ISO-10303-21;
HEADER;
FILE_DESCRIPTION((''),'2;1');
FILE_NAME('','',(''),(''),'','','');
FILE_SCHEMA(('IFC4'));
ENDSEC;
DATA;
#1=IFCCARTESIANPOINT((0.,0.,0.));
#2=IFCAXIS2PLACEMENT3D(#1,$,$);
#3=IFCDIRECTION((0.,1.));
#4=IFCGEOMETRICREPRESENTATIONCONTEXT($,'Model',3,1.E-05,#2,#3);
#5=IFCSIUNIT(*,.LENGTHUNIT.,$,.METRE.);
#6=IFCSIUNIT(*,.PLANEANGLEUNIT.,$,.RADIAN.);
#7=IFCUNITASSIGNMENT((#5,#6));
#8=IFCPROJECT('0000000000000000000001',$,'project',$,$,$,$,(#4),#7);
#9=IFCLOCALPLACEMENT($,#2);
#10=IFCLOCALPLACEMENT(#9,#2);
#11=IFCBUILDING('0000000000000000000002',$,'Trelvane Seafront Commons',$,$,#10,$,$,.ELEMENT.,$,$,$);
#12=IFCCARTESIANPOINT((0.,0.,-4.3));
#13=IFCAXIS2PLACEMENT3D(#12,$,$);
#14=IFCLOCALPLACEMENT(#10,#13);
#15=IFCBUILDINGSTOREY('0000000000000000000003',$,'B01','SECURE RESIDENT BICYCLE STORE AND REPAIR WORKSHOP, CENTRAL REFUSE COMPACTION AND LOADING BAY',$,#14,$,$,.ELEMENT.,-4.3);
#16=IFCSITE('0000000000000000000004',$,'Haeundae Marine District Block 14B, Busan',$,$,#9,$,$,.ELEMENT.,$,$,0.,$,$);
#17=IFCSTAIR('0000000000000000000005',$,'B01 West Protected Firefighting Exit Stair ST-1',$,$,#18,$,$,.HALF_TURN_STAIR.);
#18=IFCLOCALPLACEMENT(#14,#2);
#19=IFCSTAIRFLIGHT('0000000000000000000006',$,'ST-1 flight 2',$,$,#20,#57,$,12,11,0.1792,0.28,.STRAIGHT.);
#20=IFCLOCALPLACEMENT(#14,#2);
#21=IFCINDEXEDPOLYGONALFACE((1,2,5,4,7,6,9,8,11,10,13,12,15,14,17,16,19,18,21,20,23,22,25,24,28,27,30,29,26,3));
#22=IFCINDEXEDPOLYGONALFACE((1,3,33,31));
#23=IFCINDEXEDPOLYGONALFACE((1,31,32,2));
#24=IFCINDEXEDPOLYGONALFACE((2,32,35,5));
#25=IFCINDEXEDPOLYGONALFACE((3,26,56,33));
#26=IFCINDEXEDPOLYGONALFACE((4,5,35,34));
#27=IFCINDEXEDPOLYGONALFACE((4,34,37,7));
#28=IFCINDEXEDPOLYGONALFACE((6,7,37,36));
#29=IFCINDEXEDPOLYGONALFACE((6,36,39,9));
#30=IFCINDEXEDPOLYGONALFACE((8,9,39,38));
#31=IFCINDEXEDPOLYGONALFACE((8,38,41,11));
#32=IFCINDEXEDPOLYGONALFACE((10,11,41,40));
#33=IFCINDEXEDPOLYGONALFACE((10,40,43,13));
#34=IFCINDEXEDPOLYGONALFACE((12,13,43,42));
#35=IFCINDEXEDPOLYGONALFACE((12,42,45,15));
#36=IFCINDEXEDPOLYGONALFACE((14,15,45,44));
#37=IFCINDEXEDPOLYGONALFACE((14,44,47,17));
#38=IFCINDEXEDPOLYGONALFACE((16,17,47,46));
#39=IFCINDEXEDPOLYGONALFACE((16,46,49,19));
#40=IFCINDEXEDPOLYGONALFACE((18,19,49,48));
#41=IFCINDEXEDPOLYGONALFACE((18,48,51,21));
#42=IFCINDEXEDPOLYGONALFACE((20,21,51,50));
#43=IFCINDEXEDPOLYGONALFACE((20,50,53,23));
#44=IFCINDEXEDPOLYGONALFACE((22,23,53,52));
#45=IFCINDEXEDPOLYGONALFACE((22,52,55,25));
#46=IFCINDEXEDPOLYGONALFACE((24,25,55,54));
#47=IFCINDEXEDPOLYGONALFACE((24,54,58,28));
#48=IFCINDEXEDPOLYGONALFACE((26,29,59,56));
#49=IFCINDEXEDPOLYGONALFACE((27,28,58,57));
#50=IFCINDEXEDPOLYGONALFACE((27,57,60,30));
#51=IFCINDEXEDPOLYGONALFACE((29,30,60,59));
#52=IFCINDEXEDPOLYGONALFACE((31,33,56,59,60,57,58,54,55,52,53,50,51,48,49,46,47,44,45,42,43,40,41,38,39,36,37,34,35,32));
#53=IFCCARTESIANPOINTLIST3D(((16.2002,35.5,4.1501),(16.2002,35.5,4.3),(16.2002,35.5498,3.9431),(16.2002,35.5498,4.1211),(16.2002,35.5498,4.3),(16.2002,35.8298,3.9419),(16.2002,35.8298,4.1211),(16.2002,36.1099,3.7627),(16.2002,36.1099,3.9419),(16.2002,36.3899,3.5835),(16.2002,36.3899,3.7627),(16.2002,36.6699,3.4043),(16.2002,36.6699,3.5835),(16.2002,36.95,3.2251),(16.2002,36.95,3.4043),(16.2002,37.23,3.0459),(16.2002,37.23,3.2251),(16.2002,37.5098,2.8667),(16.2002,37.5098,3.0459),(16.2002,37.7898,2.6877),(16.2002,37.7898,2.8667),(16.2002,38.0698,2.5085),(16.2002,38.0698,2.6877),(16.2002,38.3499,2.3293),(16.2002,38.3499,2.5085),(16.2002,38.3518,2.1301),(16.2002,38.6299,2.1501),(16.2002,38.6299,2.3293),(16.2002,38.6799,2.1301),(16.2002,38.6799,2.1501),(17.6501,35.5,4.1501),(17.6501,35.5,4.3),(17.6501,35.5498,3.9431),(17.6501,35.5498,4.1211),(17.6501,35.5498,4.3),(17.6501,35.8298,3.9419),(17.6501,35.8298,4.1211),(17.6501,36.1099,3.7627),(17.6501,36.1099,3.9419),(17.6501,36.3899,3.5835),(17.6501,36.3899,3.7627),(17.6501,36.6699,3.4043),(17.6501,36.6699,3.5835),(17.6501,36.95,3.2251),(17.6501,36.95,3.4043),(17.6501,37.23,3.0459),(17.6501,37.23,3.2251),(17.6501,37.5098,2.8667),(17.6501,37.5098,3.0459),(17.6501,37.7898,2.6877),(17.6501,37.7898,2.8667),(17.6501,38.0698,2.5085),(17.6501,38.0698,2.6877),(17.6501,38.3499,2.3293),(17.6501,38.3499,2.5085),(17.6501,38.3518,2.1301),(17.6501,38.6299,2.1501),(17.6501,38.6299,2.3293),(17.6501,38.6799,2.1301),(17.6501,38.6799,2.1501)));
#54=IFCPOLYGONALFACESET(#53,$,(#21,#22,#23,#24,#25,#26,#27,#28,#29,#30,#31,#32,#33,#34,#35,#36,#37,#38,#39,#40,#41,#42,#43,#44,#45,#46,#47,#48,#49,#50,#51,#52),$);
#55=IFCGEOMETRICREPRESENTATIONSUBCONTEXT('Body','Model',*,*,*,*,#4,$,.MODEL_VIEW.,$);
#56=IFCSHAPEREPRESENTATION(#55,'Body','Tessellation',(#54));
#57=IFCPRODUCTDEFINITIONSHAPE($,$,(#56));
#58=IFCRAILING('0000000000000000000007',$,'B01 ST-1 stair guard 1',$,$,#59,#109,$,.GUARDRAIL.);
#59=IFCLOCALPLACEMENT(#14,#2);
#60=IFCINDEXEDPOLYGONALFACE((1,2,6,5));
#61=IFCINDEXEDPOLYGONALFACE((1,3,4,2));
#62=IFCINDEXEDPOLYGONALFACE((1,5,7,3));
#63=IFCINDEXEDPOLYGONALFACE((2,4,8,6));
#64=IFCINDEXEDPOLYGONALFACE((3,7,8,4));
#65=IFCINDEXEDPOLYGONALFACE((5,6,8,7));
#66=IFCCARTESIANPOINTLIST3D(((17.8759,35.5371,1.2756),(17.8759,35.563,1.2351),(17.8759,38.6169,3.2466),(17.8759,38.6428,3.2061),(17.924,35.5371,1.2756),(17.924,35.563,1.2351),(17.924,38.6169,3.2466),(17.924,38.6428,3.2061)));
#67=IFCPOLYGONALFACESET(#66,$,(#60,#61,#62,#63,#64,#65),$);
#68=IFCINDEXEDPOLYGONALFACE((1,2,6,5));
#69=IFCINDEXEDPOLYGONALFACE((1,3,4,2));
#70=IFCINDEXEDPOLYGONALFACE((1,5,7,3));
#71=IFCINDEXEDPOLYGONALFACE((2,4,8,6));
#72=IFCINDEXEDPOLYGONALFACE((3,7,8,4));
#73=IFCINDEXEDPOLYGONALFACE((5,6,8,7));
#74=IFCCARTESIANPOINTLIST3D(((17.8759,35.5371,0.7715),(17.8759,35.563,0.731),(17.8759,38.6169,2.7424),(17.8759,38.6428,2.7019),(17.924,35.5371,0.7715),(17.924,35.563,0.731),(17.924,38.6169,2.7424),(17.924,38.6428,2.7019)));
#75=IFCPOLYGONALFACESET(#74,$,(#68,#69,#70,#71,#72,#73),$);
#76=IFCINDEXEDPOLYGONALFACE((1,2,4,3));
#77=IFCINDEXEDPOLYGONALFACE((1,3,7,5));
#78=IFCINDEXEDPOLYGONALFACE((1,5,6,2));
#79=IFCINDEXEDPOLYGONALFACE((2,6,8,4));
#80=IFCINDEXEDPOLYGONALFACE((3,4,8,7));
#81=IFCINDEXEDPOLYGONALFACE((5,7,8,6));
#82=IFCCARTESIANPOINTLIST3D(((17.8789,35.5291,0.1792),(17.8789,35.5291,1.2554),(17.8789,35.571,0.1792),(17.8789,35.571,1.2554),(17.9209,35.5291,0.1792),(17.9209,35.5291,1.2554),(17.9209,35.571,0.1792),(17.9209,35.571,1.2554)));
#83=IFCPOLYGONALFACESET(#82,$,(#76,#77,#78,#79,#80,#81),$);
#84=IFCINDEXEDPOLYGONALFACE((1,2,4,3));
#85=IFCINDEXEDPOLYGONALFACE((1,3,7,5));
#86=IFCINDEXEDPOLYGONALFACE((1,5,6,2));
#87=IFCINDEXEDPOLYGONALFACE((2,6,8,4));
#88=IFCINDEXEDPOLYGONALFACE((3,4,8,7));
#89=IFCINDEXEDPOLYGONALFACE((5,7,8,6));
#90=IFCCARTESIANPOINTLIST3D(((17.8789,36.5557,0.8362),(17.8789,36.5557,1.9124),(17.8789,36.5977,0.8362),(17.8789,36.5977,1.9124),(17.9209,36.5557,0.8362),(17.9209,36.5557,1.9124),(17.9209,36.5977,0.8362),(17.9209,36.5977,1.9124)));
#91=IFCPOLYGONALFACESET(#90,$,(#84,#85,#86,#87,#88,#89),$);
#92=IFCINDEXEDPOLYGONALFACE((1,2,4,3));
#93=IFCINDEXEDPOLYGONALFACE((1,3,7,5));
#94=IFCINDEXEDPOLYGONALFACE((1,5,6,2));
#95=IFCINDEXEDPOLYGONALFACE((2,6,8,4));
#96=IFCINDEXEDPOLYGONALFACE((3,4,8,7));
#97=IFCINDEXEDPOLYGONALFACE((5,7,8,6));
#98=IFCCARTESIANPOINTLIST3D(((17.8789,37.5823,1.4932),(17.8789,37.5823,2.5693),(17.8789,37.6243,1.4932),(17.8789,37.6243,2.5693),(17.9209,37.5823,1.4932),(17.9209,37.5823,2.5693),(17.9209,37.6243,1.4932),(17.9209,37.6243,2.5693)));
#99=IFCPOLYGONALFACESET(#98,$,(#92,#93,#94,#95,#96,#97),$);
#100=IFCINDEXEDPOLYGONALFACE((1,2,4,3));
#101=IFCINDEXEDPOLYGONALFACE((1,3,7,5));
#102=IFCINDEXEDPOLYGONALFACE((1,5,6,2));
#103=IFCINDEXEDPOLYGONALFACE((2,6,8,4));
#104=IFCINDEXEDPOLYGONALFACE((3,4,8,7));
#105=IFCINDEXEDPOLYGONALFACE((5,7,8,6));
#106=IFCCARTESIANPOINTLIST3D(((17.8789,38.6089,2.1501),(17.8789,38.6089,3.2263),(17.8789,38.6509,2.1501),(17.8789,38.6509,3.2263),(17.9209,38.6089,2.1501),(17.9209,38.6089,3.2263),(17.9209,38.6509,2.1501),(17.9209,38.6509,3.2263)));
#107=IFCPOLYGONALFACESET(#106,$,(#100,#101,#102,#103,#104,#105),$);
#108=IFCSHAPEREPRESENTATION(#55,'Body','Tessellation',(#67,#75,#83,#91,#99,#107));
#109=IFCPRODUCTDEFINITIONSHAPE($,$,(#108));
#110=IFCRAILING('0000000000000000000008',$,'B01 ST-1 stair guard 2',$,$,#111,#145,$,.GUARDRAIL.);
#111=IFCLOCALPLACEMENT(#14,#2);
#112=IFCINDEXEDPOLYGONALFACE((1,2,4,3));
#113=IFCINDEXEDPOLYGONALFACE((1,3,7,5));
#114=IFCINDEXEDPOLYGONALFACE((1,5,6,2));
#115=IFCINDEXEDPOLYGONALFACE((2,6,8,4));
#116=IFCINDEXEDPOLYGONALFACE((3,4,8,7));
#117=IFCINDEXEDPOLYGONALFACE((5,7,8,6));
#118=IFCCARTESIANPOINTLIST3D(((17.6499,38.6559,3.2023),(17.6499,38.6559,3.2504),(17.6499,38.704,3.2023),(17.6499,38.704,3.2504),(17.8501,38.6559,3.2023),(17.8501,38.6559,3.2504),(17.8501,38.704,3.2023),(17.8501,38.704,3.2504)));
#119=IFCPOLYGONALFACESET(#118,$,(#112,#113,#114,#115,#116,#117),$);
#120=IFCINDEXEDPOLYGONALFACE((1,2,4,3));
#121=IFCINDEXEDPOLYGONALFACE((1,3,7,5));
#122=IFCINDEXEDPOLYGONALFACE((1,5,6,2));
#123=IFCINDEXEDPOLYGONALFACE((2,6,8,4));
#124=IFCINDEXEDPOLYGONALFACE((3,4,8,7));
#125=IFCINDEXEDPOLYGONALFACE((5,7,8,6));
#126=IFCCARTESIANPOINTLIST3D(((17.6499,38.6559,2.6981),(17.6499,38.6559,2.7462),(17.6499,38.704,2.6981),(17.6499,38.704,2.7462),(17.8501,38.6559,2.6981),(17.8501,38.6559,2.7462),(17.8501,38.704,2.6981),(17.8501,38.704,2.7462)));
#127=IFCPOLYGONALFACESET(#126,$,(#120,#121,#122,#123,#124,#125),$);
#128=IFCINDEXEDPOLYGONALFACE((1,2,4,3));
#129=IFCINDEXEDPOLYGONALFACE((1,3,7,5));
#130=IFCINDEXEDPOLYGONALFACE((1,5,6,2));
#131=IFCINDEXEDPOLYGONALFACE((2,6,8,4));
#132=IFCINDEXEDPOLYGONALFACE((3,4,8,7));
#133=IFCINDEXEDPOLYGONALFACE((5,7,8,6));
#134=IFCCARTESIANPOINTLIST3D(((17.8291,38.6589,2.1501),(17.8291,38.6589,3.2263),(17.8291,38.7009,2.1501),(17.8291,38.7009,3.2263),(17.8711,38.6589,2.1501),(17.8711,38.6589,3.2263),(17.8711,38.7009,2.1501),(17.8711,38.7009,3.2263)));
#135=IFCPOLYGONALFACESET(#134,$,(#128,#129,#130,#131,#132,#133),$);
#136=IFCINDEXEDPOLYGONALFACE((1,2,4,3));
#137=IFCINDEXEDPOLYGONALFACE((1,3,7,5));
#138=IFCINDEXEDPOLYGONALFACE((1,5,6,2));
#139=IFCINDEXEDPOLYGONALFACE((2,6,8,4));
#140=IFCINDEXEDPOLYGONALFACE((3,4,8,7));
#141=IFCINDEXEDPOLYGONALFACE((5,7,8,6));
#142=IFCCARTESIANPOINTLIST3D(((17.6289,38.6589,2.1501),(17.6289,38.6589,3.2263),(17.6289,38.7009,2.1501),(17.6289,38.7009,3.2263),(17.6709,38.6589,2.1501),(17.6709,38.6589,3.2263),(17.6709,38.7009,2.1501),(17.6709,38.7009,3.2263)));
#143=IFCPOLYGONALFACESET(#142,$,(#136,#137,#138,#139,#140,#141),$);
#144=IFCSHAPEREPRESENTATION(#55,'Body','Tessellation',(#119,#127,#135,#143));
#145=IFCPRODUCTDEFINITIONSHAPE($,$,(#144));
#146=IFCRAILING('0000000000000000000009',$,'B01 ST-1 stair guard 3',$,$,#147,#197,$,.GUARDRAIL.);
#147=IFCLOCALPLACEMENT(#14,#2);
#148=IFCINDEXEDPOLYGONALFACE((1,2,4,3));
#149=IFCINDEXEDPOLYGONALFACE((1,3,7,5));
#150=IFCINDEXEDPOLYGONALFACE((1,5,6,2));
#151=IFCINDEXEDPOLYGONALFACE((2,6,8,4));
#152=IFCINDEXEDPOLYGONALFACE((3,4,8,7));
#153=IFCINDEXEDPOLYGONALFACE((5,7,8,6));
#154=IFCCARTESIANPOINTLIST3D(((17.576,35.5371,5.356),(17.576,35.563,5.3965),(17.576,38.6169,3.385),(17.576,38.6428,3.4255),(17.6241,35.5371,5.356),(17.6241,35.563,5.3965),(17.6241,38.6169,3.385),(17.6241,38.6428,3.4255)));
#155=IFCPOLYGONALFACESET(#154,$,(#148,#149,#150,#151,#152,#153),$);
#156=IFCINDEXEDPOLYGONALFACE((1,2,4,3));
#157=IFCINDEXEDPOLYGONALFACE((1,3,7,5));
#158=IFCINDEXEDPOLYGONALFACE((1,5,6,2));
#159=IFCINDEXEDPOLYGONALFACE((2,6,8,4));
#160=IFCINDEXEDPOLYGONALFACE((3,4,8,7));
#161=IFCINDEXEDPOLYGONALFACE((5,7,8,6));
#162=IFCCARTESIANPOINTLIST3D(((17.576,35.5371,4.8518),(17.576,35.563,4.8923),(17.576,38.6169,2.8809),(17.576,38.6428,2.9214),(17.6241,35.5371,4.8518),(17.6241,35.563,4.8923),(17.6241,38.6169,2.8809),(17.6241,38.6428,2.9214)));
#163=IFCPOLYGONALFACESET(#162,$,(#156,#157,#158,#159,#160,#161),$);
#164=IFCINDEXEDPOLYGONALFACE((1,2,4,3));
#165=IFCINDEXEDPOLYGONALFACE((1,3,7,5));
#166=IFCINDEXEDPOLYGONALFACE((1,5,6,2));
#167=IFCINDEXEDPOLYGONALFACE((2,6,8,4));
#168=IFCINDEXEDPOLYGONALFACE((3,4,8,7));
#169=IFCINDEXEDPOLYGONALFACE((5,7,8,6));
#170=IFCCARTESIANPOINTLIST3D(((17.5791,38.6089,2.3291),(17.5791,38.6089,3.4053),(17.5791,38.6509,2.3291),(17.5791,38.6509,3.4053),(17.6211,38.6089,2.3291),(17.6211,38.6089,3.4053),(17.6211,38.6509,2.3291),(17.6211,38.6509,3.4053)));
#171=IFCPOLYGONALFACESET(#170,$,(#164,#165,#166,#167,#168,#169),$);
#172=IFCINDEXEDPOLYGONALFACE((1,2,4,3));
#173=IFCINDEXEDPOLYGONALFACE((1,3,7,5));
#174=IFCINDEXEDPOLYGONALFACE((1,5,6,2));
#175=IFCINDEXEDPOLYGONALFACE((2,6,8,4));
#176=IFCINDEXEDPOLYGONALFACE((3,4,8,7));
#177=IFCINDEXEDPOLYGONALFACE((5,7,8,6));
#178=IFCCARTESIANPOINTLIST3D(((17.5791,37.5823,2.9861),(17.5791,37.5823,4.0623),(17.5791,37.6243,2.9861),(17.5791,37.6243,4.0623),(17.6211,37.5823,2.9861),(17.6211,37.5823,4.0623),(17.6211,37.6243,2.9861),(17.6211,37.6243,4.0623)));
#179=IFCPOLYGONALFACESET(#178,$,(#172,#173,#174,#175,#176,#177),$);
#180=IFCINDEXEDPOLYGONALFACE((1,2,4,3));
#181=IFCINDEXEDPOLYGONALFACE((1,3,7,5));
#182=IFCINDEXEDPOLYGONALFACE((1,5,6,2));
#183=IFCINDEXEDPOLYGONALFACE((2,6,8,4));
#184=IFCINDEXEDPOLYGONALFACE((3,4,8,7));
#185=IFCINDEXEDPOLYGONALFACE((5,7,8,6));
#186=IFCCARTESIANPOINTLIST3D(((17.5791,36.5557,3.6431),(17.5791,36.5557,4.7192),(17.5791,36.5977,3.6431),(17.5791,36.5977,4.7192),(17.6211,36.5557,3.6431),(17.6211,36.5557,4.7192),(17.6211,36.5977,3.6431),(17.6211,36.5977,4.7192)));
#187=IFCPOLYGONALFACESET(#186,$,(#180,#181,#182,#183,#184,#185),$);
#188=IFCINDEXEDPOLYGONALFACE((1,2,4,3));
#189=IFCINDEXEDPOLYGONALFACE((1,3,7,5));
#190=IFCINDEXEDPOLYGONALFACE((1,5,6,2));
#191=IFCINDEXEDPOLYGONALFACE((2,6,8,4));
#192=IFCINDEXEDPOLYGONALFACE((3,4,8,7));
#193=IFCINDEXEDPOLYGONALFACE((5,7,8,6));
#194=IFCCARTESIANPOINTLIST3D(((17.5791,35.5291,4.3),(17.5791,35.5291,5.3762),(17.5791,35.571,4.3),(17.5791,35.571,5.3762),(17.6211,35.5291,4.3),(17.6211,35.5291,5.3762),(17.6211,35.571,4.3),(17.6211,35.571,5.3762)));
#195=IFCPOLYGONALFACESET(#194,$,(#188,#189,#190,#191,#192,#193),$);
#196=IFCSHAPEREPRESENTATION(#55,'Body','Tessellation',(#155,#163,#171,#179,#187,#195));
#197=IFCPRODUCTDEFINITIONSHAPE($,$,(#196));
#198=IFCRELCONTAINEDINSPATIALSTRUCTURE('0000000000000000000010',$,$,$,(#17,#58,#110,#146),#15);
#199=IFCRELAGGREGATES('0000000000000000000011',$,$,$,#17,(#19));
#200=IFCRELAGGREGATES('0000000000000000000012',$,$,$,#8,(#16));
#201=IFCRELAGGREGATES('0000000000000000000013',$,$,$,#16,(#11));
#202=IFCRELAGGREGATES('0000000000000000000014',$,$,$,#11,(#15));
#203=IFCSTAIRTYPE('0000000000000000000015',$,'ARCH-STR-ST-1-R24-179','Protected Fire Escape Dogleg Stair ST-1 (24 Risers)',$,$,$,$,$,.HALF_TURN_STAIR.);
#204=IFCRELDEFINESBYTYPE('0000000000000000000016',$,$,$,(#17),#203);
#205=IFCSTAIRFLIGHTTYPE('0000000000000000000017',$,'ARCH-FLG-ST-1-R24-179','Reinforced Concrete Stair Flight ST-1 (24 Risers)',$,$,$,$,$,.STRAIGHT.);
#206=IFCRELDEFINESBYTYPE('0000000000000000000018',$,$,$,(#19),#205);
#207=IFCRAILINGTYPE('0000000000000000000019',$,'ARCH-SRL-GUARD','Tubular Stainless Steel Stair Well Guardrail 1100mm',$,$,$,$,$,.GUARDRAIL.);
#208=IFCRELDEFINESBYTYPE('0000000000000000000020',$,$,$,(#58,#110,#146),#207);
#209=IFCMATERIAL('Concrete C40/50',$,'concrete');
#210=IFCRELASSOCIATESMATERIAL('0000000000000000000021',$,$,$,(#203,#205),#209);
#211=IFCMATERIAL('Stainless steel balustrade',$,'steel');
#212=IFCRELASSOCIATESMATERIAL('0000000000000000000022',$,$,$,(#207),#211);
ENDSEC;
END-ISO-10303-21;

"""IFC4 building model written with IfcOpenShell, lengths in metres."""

from ifc_helpers import new_model, si_unit, direction, frame, origin, origin_2d, place, context, subcontext, project, spatial, polyline, rectangle, outline, extrude, source, transform, mapped, material, type_object, element, aggregate, save


model = new_model("IFC4")

# Units and contexts
model_context = context("Model", 3, precision=1e-05, world=origin(), true_north=direction((0.0, 1.0)))
body_context = subcontext(model_context, "Body", "Model", "MODEL_VIEW")
ifc_project = project(units=[si_unit("LENGTHUNIT", "METRE"), si_unit("PLANEANGLEUNIT", "RADIAN")], contexts=[model_context])

# Site, building, storey
site_placement = place(None, origin())
site = spatial("IfcSite", under=ifc_project, at=site_placement, Name="Haeundae Marine District Block 14B, Busan", CompositionType="ELEMENT", RefElevation=0.0)
building_placement = place(site_placement, origin())
building = spatial("IfcBuilding", under=site, at=building_placement, Name="Trelvane Seafront Commons", CompositionType="ELEMENT")
storey_placement = place(building_placement, frame((0.0, 0.0, -4.3)))
storey = spatial("IfcBuildingStorey", under=building, at=storey_placement, Name="B01", Description="SECURE RESIDENT BICYCLE STORE AND REPAIR WORKSHOP, CENTRAL REFUSE COMPACTION AND LOADING BAY", CompositionType="ELEMENT", Elevation=-4.3)

# Shared definitions
ifc_material_1 = material(Name="Concrete C40/50", Category="concrete")

# Shared definitions
ifc_material_2 = material(Name="Stainless steel balustrade", Category="steel")

# Stair, stair flight
stair_type = type_object("IfcStairType", Name="ARCH-STR-ST-1-R24-179", Description="Protected Fire Escape Dogleg Stair ST-1 (24 Risers)", PredefinedType="HALF_TURN_STAIR", material=ifc_material_1)
stair_placement = place(storey_placement, origin())
stair = element("IfcStair", 1, at=stair_placement, inside=storey, type_object=stair_type, Name="B01 West Protected Firefighting Exit Stair ST-1", PredefinedType="HALF_TURN_STAIR")
stair_flight_type = type_object("IfcStairFlightType", Name="ARCH-FLG-ST-1-R24-179", Description="Reinforced Concrete Stair Flight ST-1 (24 Risers)", PredefinedType="STRAIGHT", material=ifc_material_1)
shared_shape_1 = source(origin(), body_context, "Body", "SweptSolid", [
    extrude(outline(polyline([(-0.05, -0.02), (-0.05, 0.0), (0.0, 0.0), (0.0, 0.1792), (0.28, 0.1792), (0.28, 0.3584), (0.5601, 0.3584), (0.5601, 0.5376), (0.8401, 0.5376), (0.8401, 0.7166), (1.1201, 0.7166), (1.1201, 0.8958), (1.3999, 0.8958), (1.3999, 1.075), (1.6799, 1.075), (1.6799, 1.2542), (1.96, 1.2542), (1.96, 1.4333), (2.24, 1.4333), (2.24, 1.6125), (2.52, 1.6125), (2.52, 1.7917), (2.8, 1.7917), (2.8, 1.9709), (3.0801, 1.9709), (3.0801, 2.1499), (3.1299, 2.1499), (3.1299, 2.0), (3.0801, 1.793), (0.2781, -0.02), (-0.05, -0.02)])), frame((0.0, 0.7251, 0.0), z_axis=(0.0, -1.0, 0.0), x_axis=(1.0, 0.0, 0.0)), (0.0, 0.0, 1.0), 1.45),
])
stair_flight_1_placement = place(storey_placement, frame((16.925, 38.6299, 2.1501), z_axis=(0.0, 0.0, 1.0), x_axis=(0.0, -1.0, 0.0)))
stair_flight_1 = element("IfcStairFlight", 2, at=stair_flight_1_placement, type_object=stair_flight_type, Name="ST-1 flight 2", NumberOfRisers=12, NumberOfTreads=11, PredefinedType="STRAIGHT", RiserHeight=0.1792, TreadLength=0.28, context=body_context, shape_type="MappedRepresentation", body=[
    mapped(shared_shape_1, transform((0.0, 0.0, 0.0), x_axis=(1.0, 0.0, 0.0), y_axis=(0.0, 1.0, 0.0), z_axis=(0.0, 0.0, 1.0), scale=1.0)),
])
aggregate(stair, [stair_flight_1])

# Railings
railing_type_1 = type_object("IfcRailingType", Name="ARCH-SRL-GUARD", Description="Tubular Stainless Steel Stair Well Guardrail 1100mm", PredefinedType="GUARDRAIL", material=ifc_material_2)
railing_1_placement = place(storey_placement, frame((17.8999, 35.55, 0.1792)))
element("IfcRailing", 3, at=railing_1_placement, inside=storey, type_object=railing_type_1, Name="B01 ST-1 stair guard 1", PredefinedType="GUARDRAIL", context=body_context, shape_type="SweptSolid", body=[
    extrude(rectangle(XDim=0.0481, YDim=0.0481, at=origin_2d()), frame((0.0, 0.0, 1.0762), z_axis=(0.0, 0.84229, 0.539025), x_axis=(-1.0, 0.0, 0.0)), (0.0, 0.0, 1.0), 3.6565),
    extrude(rectangle(XDim=0.0481, YDim=0.0481, at=origin_2d()), frame((0.0, 0.0, 0.572), z_axis=(0.0, 0.84229, 0.539025), x_axis=(-1.0, 0.0, 0.0)), (0.0, 0.0, 1.0), 3.6565),
    extrude(rectangle(XDim=0.042, YDim=0.042, at=origin_2d()), origin(), (0.0, 0.0, 1.0), 1.0762),
    extrude(rectangle(XDim=0.042, YDim=0.042, at=origin_2d()), frame((0.0, 1.0266, 0.657)), (0.0, 0.0, 1.0), 1.0762),
    extrude(rectangle(XDim=0.042, YDim=0.042, at=origin_2d()), frame((0.0, 2.0532, 1.314)), (0.0, 0.0, 1.0), 1.0762),
    extrude(rectangle(XDim=0.042, YDim=0.042, at=origin_2d()), frame((0.0, 3.0798, 1.9709)), (0.0, 0.0, 1.0), 1.0762),
])
railing_2_placement = place(storey_placement, frame((17.8501, 38.6799, 2.1501)))
element("IfcRailing", 4, at=railing_2_placement, inside=storey, type_object=railing_type_1, Name="B01 ST-1 stair guard 2", PredefinedType="GUARDRAIL", context=body_context, shape_type="SweptSolid", body=[
    extrude(rectangle(XDim=0.0481, YDim=0.0481, at=origin_2d()), frame((0.0, 0.0, 1.0762), z_axis=(-1.0, 0.0, 0.0), x_axis=(0.0, -1.0, 0.0)), (0.0, 0.0, 1.0), 0.2002),
    extrude(rectangle(XDim=0.0481, YDim=0.0481, at=origin_2d()), frame((0.0, 0.0, 0.572), z_axis=(-1.0, 0.0, 0.0), x_axis=(0.0, -1.0, 0.0)), (0.0, 0.0, 1.0), 0.2002),
    extrude(rectangle(XDim=0.042, YDim=0.042, at=origin_2d()), origin(), (0.0, 0.0, 1.0), 1.0762),
    extrude(rectangle(XDim=0.042, YDim=0.042, at=origin_2d()), frame((-0.2002, 0.0, 0.0)), (0.0, 0.0, 1.0), 1.0762),
])
railing_3_placement = place(storey_placement, frame((17.6001, 38.6299, 2.3291)))
element("IfcRailing", 5, at=railing_3_placement, inside=storey, type_object=railing_type_1, Name="B01 ST-1 stair guard 3", PredefinedType="GUARDRAIL", context=body_context, shape_type="SweptSolid", body=[
    extrude(rectangle(XDim=0.0481, YDim=0.0481, at=origin_2d()), frame((0.0, 0.0, 1.0762), z_axis=(0.0, -0.84229, 0.539025), x_axis=(1.0, 0.0, 0.0)), (0.0, 0.0, 1.0), 3.6565),
    extrude(rectangle(XDim=0.0481, YDim=0.0481, at=origin_2d()), frame((0.0, 0.0, 0.572), z_axis=(0.0, -0.84229, 0.539025), x_axis=(1.0, 0.0, 0.0)), (0.0, 0.0, 1.0), 3.6565),
    extrude(rectangle(XDim=0.042, YDim=0.042, at=origin_2d()), origin(), (0.0, 0.0, 1.0), 1.0762),
    extrude(rectangle(XDim=0.042, YDim=0.042, at=origin_2d()), frame((0.0, -1.0266, 0.657)), (0.0, 0.0, 1.0), 1.0762),
    extrude(rectangle(XDim=0.042, YDim=0.042, at=origin_2d()), frame((0.0, -2.0532, 1.314)), (0.0, 0.0, 1.0), 1.0762),
    extrude(rectangle(XDim=0.042, YDim=0.042, at=origin_2d()), frame((0.0, -3.0798, 1.9709)), (0.0, 0.0, 1.0), 1.0762),
])

save(model, "model.ifc")
